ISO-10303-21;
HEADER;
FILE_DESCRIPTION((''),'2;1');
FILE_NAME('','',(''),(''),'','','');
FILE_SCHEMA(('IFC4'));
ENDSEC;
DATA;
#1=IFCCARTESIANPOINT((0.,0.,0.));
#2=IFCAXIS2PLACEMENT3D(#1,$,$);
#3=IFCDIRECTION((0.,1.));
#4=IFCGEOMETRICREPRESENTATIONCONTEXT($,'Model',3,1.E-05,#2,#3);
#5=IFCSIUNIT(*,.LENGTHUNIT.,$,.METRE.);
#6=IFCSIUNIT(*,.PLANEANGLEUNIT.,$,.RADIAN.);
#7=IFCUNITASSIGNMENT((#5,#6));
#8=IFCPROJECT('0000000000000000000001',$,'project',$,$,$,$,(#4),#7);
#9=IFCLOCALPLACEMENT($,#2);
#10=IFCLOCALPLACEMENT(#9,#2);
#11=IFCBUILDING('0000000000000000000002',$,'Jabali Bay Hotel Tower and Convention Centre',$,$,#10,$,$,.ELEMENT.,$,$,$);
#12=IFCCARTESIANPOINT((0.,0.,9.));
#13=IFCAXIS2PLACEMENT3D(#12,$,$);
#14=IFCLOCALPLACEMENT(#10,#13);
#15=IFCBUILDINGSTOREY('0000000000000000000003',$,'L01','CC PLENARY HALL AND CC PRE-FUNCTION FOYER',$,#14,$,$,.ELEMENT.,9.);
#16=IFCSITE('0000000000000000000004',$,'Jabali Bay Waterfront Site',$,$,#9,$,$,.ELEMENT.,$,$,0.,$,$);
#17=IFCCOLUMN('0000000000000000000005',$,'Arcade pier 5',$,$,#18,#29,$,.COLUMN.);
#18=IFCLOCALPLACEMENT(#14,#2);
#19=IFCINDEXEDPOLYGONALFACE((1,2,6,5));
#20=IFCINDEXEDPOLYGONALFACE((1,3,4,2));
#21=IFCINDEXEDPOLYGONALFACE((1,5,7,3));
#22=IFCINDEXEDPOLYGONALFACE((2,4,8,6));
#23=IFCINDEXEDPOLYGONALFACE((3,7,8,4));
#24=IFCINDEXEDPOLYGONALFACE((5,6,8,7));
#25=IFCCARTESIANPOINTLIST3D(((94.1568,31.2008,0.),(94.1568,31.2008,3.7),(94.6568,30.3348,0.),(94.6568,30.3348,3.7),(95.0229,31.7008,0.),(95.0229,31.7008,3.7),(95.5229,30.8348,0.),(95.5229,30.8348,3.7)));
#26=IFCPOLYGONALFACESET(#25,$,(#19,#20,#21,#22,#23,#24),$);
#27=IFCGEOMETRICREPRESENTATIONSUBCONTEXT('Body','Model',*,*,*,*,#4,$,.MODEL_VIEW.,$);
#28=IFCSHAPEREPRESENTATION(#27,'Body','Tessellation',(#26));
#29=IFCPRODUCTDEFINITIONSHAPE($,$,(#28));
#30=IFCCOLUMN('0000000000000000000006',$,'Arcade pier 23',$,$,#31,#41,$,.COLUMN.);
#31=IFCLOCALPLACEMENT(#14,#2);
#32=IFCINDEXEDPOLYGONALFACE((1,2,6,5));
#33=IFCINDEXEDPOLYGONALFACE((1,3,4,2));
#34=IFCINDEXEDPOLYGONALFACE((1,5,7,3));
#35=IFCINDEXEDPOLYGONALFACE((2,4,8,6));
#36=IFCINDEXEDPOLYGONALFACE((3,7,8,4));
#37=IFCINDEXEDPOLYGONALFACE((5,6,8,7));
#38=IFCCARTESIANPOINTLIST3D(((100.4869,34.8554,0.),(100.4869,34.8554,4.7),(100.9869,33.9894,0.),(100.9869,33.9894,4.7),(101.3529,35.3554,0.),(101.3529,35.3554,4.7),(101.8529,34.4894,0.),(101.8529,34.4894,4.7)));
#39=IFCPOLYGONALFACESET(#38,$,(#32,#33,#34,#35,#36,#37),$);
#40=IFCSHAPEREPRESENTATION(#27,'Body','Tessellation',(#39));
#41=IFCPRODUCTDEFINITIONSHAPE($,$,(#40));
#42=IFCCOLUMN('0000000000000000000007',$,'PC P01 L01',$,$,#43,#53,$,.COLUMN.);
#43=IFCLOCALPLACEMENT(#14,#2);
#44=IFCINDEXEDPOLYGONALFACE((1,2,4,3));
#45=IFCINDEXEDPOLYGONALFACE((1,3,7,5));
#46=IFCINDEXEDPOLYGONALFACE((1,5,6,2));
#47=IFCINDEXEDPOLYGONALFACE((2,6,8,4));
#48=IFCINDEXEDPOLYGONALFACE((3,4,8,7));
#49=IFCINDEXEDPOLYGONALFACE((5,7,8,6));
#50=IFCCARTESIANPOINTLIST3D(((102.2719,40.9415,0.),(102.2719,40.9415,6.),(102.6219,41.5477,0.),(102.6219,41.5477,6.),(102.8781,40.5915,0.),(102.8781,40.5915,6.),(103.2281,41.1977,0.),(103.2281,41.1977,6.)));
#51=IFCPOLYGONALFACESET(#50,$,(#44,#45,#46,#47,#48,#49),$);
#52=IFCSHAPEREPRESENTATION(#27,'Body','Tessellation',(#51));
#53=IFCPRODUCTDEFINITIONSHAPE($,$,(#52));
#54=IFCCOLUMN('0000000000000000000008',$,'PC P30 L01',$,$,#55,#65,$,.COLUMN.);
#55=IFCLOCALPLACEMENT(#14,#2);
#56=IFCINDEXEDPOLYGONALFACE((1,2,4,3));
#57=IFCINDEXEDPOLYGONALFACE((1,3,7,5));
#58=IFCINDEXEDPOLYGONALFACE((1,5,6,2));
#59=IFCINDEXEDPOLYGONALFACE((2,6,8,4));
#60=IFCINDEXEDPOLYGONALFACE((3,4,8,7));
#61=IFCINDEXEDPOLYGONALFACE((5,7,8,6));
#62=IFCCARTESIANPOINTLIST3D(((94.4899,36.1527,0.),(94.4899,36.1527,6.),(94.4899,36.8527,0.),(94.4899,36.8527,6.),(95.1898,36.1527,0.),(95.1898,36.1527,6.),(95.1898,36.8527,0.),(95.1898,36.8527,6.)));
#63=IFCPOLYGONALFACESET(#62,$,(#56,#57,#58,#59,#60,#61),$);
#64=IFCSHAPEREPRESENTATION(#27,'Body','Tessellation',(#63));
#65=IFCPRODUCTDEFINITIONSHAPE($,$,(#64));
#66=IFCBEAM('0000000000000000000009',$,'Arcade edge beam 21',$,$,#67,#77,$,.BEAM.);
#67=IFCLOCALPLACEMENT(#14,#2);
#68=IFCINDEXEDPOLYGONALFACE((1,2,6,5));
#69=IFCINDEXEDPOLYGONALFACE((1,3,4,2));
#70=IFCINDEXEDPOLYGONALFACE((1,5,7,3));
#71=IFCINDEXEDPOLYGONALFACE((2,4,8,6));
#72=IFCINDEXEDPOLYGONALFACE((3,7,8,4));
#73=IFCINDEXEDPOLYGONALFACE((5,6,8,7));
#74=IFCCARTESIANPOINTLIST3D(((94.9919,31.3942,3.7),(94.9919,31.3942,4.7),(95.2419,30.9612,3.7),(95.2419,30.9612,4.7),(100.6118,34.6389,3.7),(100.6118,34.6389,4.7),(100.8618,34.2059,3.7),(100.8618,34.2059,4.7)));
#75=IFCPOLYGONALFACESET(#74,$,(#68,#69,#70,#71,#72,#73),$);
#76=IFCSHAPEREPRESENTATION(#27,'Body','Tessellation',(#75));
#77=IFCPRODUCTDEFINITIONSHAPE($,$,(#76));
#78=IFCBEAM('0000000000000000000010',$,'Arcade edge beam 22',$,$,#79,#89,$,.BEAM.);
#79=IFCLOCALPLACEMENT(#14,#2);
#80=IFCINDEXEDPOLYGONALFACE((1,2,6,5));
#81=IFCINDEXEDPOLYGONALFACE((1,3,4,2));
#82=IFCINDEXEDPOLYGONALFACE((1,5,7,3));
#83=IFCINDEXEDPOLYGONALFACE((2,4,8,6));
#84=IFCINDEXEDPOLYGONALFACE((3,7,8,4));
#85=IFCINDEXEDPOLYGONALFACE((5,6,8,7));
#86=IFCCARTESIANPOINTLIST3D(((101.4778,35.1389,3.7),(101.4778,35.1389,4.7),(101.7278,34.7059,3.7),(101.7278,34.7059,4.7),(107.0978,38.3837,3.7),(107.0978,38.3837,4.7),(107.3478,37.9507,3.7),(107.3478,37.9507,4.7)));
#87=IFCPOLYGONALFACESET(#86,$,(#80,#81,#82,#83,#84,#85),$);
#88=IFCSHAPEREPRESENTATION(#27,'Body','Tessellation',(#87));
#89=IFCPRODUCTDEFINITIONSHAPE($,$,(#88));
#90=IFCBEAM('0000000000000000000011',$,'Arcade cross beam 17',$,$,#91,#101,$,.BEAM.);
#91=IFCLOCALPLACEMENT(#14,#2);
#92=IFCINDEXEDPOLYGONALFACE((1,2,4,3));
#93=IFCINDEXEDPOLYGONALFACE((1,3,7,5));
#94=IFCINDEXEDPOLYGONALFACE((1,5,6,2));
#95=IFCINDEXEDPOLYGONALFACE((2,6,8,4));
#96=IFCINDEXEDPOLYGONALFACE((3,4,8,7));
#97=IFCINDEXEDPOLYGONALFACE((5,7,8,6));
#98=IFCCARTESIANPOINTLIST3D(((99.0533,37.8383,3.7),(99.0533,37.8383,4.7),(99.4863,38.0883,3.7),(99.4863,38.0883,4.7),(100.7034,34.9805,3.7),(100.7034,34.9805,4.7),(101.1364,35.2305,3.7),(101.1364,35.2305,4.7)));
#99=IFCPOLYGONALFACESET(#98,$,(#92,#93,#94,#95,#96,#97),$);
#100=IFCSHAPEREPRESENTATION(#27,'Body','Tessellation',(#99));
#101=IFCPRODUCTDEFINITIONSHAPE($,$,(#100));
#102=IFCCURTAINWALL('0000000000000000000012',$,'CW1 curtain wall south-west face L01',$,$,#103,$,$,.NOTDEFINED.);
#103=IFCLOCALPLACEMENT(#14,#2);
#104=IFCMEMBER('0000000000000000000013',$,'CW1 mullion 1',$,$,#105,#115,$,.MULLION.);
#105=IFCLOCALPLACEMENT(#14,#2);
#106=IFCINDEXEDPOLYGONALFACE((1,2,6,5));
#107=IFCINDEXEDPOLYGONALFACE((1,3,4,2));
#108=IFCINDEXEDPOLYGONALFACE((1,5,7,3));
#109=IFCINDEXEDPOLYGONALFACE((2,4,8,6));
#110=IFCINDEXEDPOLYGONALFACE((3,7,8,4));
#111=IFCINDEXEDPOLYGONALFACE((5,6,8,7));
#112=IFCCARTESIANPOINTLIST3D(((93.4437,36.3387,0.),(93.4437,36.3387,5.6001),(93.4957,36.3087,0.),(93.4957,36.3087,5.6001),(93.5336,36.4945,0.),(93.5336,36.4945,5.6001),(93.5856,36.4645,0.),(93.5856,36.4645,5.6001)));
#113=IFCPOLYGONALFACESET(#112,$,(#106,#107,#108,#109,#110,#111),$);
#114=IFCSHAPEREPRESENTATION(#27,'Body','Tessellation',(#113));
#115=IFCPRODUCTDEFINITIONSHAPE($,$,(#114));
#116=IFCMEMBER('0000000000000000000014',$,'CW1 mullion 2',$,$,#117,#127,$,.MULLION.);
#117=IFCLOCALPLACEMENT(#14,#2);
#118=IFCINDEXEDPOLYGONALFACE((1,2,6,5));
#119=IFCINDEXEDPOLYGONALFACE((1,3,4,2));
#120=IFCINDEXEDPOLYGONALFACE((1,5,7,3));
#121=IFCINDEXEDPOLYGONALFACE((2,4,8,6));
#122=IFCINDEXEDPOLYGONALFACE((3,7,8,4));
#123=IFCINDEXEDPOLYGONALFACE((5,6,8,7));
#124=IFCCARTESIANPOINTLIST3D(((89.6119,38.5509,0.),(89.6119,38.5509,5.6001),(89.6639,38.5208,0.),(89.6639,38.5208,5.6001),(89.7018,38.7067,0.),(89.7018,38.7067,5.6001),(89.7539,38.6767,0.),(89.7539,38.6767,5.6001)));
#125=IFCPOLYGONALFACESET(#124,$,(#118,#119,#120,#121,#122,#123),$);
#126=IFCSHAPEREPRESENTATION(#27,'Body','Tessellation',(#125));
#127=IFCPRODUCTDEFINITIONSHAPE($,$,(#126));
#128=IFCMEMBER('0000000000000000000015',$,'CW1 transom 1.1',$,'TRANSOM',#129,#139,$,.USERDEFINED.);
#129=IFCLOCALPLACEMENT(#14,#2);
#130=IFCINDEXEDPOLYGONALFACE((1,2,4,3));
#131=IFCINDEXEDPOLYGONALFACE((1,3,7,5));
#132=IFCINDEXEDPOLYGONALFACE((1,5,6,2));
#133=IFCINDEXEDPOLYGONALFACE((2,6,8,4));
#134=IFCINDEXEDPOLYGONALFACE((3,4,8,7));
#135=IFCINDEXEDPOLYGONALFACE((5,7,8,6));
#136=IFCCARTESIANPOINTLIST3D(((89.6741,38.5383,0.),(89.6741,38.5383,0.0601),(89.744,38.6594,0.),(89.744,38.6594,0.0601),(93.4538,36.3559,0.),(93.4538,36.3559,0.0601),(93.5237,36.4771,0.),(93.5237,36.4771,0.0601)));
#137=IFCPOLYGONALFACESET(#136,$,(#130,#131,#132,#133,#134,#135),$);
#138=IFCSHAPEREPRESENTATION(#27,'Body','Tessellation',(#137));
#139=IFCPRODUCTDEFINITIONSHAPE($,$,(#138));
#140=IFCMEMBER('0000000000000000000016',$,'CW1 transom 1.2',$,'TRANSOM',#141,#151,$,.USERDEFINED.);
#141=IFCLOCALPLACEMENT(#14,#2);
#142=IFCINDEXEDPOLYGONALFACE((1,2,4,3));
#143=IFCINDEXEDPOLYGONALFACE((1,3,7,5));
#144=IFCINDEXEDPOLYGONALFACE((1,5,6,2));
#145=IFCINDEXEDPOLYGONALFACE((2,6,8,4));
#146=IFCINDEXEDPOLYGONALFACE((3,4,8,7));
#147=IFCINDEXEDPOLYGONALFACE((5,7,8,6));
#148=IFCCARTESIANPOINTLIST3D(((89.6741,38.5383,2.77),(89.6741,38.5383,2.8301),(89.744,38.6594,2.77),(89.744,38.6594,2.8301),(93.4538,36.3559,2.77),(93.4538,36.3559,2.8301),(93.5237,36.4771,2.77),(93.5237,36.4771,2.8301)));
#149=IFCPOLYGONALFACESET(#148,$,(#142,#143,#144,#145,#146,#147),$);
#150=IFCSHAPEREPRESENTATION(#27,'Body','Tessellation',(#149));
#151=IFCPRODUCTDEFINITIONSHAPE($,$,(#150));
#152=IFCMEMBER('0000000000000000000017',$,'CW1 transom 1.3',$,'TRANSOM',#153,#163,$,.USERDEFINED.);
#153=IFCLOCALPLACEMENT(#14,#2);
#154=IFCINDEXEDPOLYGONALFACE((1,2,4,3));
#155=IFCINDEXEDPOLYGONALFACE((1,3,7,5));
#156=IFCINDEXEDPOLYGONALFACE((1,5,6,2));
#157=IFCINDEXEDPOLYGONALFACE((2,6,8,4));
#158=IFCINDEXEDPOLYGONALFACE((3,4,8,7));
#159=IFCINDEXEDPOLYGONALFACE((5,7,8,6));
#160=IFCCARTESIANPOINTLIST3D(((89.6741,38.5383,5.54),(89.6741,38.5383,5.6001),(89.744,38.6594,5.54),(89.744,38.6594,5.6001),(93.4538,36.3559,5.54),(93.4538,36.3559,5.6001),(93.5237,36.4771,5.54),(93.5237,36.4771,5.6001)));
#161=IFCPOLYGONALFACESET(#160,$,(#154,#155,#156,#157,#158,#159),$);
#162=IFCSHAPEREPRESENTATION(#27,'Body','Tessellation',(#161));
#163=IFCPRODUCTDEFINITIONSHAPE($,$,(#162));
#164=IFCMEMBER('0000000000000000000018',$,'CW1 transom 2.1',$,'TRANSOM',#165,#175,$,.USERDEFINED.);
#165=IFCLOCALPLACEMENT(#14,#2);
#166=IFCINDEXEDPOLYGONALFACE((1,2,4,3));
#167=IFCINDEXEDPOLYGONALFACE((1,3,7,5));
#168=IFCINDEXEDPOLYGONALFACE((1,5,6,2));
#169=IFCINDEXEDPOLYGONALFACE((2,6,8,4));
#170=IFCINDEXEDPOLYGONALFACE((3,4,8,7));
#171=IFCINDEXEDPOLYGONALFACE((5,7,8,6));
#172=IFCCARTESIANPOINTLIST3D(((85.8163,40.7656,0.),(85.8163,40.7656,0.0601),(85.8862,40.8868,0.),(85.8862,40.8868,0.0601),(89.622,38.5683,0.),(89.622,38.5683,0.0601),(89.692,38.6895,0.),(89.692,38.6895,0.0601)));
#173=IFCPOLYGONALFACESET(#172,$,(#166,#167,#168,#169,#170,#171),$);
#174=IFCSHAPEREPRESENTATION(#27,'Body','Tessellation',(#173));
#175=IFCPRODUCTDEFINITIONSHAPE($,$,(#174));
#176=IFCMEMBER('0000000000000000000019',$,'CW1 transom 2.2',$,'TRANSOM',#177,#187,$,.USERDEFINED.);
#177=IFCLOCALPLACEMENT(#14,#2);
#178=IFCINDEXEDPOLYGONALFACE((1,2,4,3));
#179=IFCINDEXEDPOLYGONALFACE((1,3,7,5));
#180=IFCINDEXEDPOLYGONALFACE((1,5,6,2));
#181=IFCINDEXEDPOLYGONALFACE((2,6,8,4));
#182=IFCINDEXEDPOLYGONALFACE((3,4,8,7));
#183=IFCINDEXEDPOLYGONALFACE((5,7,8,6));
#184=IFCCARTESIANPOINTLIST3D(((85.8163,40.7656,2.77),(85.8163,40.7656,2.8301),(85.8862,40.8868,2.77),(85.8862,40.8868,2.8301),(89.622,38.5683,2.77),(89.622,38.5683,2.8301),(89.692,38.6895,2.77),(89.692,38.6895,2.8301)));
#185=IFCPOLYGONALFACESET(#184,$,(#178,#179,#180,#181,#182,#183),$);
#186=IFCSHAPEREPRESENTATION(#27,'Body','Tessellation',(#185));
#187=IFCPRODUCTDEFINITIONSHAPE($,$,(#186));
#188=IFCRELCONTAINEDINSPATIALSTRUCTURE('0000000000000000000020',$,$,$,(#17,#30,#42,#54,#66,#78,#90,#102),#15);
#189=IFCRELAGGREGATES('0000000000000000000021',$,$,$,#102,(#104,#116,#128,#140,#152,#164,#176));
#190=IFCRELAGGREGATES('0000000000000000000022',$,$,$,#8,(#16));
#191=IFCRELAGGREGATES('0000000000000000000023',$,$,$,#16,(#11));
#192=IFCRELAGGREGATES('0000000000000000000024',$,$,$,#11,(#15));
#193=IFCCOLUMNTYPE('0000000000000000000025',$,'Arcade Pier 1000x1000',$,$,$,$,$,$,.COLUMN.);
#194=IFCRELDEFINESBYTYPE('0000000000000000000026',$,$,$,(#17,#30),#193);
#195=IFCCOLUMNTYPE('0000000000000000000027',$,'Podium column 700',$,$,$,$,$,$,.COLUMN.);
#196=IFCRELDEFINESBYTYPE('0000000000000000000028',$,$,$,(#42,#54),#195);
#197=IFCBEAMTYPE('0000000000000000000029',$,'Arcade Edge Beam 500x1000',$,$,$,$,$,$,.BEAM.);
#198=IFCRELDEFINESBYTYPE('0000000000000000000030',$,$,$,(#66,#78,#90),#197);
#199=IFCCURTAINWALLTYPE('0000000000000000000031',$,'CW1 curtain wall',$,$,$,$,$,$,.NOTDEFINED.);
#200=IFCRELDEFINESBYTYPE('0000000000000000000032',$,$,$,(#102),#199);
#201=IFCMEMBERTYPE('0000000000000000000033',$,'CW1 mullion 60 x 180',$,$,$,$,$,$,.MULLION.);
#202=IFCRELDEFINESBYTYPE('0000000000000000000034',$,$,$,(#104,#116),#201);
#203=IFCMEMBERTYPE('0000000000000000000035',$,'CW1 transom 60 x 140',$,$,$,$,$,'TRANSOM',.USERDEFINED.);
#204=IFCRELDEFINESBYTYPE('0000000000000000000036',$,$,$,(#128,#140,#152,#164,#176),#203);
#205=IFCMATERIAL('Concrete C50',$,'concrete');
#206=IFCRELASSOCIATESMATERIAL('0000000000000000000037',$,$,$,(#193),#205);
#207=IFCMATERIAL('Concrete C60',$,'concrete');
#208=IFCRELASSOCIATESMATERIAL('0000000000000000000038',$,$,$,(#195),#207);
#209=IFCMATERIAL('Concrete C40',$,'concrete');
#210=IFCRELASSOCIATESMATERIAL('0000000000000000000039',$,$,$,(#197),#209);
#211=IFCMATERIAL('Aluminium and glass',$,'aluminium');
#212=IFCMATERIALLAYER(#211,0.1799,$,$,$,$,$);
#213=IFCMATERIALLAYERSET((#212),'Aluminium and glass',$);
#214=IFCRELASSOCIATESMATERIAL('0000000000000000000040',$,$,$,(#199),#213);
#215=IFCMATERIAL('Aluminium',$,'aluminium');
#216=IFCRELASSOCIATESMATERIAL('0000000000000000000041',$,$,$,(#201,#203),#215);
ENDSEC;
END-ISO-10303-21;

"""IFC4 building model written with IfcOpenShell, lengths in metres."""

from ifc_helpers import new_model, si_unit, direction, frame, origin, origin_2d, place, context, subcontext, project, spatial, rectangle, extrude, material, layer, layer_set, material_profile, profile_set, type_object, element, aggregate, save


model = new_model("IFC4")

# Units and contexts
model_context = context("Model", 3, precision=1e-05, world=origin(), true_north=direction((0.0, 1.0)))
body_context = subcontext(model_context, "Body", "Model", "MODEL_VIEW")
ifc_project = project(units=[si_unit("LENGTHUNIT", "METRE"), si_unit("PLANEANGLEUNIT", "RADIAN")], contexts=[model_context])

# Site, building, storey
site_placement = place(None, origin())
site = spatial("IfcSite", under=ifc_project, at=site_placement, Name="Jabali Bay Waterfront Site", CompositionType="ELEMENT", RefElevation=0.0)
building_placement = place(site_placement, origin())
building = spatial("IfcBuilding", under=site, at=building_placement, Name="Jabali Bay Hotel Tower and Convention Centre", CompositionType="ELEMENT")
storey_placement = place(building_placement, frame((0.0, 0.0, 9.0)))
storey = spatial("IfcBuildingStorey", under=building, at=storey_placement, Name="L01", Description="CC PLENARY HALL AND CC PRE-FUNCTION FOYER", CompositionType="ELEMENT", Elevation=9.0)

# Columns
ifc_material_1 = material(Name="Concrete C50", Category="concrete")
ifc_material_profile_1 = material_profile(ifc_material_1, rectangle(XDim=1.0, YDim=1.0, at=origin_2d()), Name="RC 1000x1000")
ifc_profile_set_1 = profile_set([ifc_material_profile_1], Name="Concrete C50")
column_type_1 = type_object("IfcColumnType", Name="Arcade Pier 1000x1000", PredefinedType="COLUMN", material=ifc_profile_set_1)
column_1_placement = place(storey_placement, frame((94.8398, 31.0178, 0.0), z_axis=(0.0, 0.0, 1.0), x_axis=(0.866025, 0.5, 0.0)))
element("IfcColumn", 1, at=column_1_placement, inside=storey, type_object=column_type_1, Name="Arcade pier 5", PredefinedType="COLUMN", context=body_context, shape_type="SweptSolid", body=[
    extrude(rectangle(XDim=1.0, YDim=1.0, at=origin_2d()), origin(), (0.0, 0.0, 1.0), 3.7),
])
column_2_placement = place(storey_placement, frame((101.1699, 34.6724, 0.0), z_axis=(0.0, 0.0, 1.0), x_axis=(0.866025, 0.5, 0.0)))
element("IfcColumn", 2, at=column_2_placement, inside=storey, type_object=column_type_1, Name="Arcade pier 23", PredefinedType="COLUMN", context=body_context, shape_type="SweptSolid", body=[
    extrude(rectangle(XDim=1.0, YDim=1.0, at=origin_2d()), origin(), (0.0, 0.0, 1.0), 4.7),
])
ifc_material_2 = material(Name="Concrete C60", Category="concrete")
ifc_material_profile_2 = material_profile(ifc_material_2, rectangle(XDim=0.7, YDim=0.7, at=origin_2d()), Name="Podium column 700")
ifc_profile_set_2 = profile_set([ifc_material_profile_2], Name="Concrete C60")
column_type_2 = type_object("IfcColumnType", Name="Podium column 700", PredefinedType="COLUMN", material=ifc_profile_set_2)
for number, where, z_axis, x_axis, name in (
    (3, (102.75, 41.0696, 0.0), (0.0, 0.0, 1.0), (0.5, 0.866025, 0.0), "PC P01 L01"),
    (4, (94.8398, 36.5027, 0.0), (0.0, 0.0, 1.0), (1.0, 0.0, 0.0), "PC P30 L01"),
):
    element("IfcColumn", number, at=place(storey_placement, frame(where, z_axis=z_axis, x_axis=x_axis)), inside=storey, type_object=column_type_2, Name=name, PredefinedType="COLUMN", context=body_context, shape_type="SweptSolid", body=[
        extrude(rectangle(XDim=0.7, YDim=0.7, at=origin_2d()), origin(), (0.0, 0.0, 1.0), 6.0),
    ])

# Beams
ifc_material_3 = material(Name="Concrete C40", Category="concrete")
ifc_material_profile_3 = material_profile(ifc_material_3, rectangle(XDim=0.5, YDim=1.0, at=origin_2d()), Name="RC 500x1000")
ifc_profile_set_3 = profile_set([ifc_material_profile_3], Name="Concrete C40")
beam_type = type_object("IfcBeamType", Name="Arcade Edge Beam 500x1000", PredefinedType="BEAM", material=ifc_profile_set_3)
beam_1_placement = place(storey_placement, frame((95.1169, 31.1777, 4.2), z_axis=(0.866026, 0.499999, 0.0), x_axis=(-0.499999, 0.866026, 0.0)))
element("IfcBeam", 5, at=beam_1_placement, inside=storey, type_object=beam_type, Name="Arcade edge beam 21", PredefinedType="BEAM", context=body_context, shape_type="SweptSolid", body=[
    extrude(rectangle(XDim=0.5, YDim=1.0, at=origin_2d()), origin(), (0.0, 0.0, 1.0), 6.4893),
])
beam_2_placement = place(storey_placement, frame((101.6028, 34.9224, 4.2), z_axis=(0.866019, 0.500011, 0.0), x_axis=(-0.500011, 0.866019, 0.0)))
element("IfcBeam", 6, at=beam_2_placement, inside=storey, type_object=beam_type, Name="Arcade edge beam 22", PredefinedType="BEAM", context=body_context, shape_type="SweptSolid", body=[
    extrude(rectangle(XDim=0.5, YDim=1.0, at=origin_2d()), origin(), (0.0, 0.0, 1.0), 6.4895),
])
beam_3_placement = place(storey_placement, frame((100.9199, 35.1055, 4.2), z_axis=(-0.50003, 0.866008, 0.0), x_axis=(-0.866008, -0.50003, 0.0)))
element("IfcBeam", 7, at=beam_3_placement, inside=storey, type_object=beam_type, Name="Arcade cross beam 17", PredefinedType="BEAM", context=body_context, shape_type="SweptSolid", body=[
    extrude(rectangle(XDim=0.5, YDim=1.0, at=origin_2d()), origin(), (0.0, 0.0, 1.0), 3.3),
])

# Curtain wall, members
ifc_material_4 = material(Name="Aluminium and glass", Category="aluminium")
ifc_layer_1 = layer(ifc_material_4, 0.1799)
ifc_layer_set_1 = layer_set([ifc_layer_1], Name="Aluminium and glass")
curtain_wall_type = type_object("IfcCurtainWallType", Name="CW1 curtain wall", PredefinedType="NOTDEFINED", material=ifc_layer_set_1)
curtain_wall_placement = place(storey_placement, origin())
curtain_wall = element("IfcCurtainWall", 8, at=curtain_wall_placement, inside=storey, type_object=curtain_wall_type, Name="CW1 curtain wall south-west face L01", PredefinedType="NOTDEFINED")
ifc_material_5 = material(Name="Aluminium", Category="aluminium")
ifc_material_profile_4 = material_profile(ifc_material_5, rectangle(XDim=0.1799, YDim=0.0601, at=origin_2d()), Name="CW1 mullion 60 x 180")
ifc_profile_set_4 = profile_set([ifc_material_profile_4], Name="Aluminium")
member_type_1 = type_object("IfcMemberType", Name="CW1 mullion 60 x 180", PredefinedType="MULLION", material=ifc_profile_set_4)
member_1_placement = place(storey_placement, frame((93.5146, 36.4016, 0.0), z_axis=(0.0, 0.0, 1.0), x_axis=(-0.5, -0.866025, 0.0)))
member_1 = element("IfcMember", 9, at=member_1_placement, type_object=member_type_1, Name="CW1 mullion 1", PredefinedType="MULLION", context=body_context, shape_type="SweptSolid", body=[
    extrude(rectangle(XDim=0.1799, YDim=0.0601, at=origin_2d()), origin(), (0.0, 0.0, 1.0), 5.6001),
])
member_2_placement = place(storey_placement, frame((89.6829, 38.6138, 0.0), z_axis=(0.0, 0.0, 1.0), x_axis=(-0.5, -0.866025, 0.0)))
member_2 = element("IfcMember", 10, at=member_2_placement, type_object=member_type_1, Name="CW1 mullion 2", PredefinedType="MULLION", context=body_context, shape_type="SweptSolid", body=[
    extrude(rectangle(XDim=0.1799, YDim=0.0601, at=origin_2d()), origin(), (0.0, 0.0, 1.0), 5.6001),
])
ifc_material_profile_5 = material_profile(ifc_material_5, rectangle(XDim=0.1399, YDim=0.0601, at=origin_2d()), Name="CW1 transom 60 x 140")
ifc_profile_set_5 = profile_set([ifc_material_profile_5], Name="Aluminium")
member_type_2 = type_object("IfcMemberType", Name="CW1 transom 60 x 140", ElementType="TRANSOM", PredefinedType="USERDEFINED", material=ifc_profile_set_5)
member_3_placement = place(storey_placement, frame((93.4888, 36.4165, 0.03), z_axis=(-0.866014, 0.500019, 0.0), x_axis=(-0.500019, -0.866014, 0.0)))
member_3 = element("IfcMember", 11, at=member_3_placement, type_object=member_type_2, Name="CW1 transom 1.1", ObjectType="TRANSOM", PredefinedType="USERDEFINED", context=body_context, shape_type="SweptSolid", body=[
    extrude(rectangle(XDim=0.1399, YDim=0.0601, at=origin_2d()), origin(), (0.0, 0.0, 1.0), 4.3645),
])
member_4_placement = place(storey_placement, frame((93.4888, 36.4165, 2.8), z_axis=(-0.866014, 0.500019, 0.0), x_axis=(-0.500019, -0.866014, 0.0)))
member_4 = element("IfcMember", 12, at=member_4_placement, type_object=member_type_2, Name="CW1 transom 1.2", ObjectType="TRANSOM", PredefinedType="USERDEFINED", context=body_context, shape_type="SweptSolid", body=[
    extrude(rectangle(XDim=0.1399, YDim=0.0601, at=origin_2d()), origin(), (0.0, 0.0, 1.0), 4.3645),
])
member_5_placement = place(storey_placement, frame((93.4888, 36.4165, 5.5701), z_axis=(-0.866014, 0.500019, 0.0), x_axis=(-0.500019, -0.866014, 0.0)))
member_5 = element("IfcMember", 13, at=member_5_placement, type_object=member_type_2, Name="CW1 transom 1.3", ObjectType="TRANSOM", PredefinedType="USERDEFINED", context=body_context, shape_type="SweptSolid", body=[
    extrude(rectangle(XDim=0.1399, YDim=0.0601, at=origin_2d()), origin(), (0.0, 0.0, 1.0), 4.3645),
])
member_6_placement = place(storey_placement, frame((89.657, 38.6289, 0.03), z_axis=(-0.866019, 0.500011, 0.0), x_axis=(-0.500011, -0.866019, 0.0)))
member_6 = element("IfcMember", 14, at=member_6_placement, type_object=member_type_2, Name="CW1 transom 2.1", ObjectType="TRANSOM", PredefinedType="USERDEFINED", context=body_context, shape_type="SweptSolid", body=[
    extrude(rectangle(XDim=0.1399, YDim=0.0601, at=origin_2d()), origin(), (0.0, 0.0, 1.0), 4.3945),
])
member_7_placement = place(storey_placement, frame((89.657, 38.6289, 2.8), z_axis=(-0.866019, 0.500011, 0.0), x_axis=(-0.500011, -0.866019, 0.0)))
member_7 = element("IfcMember", 15, at=member_7_placement, type_object=member_type_2, Name="CW1 transom 2.2", ObjectType="TRANSOM", PredefinedType="USERDEFINED", context=body_context, shape_type="SweptSolid", body=[
    extrude(rectangle(XDim=0.1399, YDim=0.0601, at=origin_2d()), origin(), (0.0, 0.0, 1.0), 4.3945),
])
aggregate(curtain_wall, [member_1, member_2, member_3, member_4, member_5, member_6, member_7])

save(model, "model.ifc")
